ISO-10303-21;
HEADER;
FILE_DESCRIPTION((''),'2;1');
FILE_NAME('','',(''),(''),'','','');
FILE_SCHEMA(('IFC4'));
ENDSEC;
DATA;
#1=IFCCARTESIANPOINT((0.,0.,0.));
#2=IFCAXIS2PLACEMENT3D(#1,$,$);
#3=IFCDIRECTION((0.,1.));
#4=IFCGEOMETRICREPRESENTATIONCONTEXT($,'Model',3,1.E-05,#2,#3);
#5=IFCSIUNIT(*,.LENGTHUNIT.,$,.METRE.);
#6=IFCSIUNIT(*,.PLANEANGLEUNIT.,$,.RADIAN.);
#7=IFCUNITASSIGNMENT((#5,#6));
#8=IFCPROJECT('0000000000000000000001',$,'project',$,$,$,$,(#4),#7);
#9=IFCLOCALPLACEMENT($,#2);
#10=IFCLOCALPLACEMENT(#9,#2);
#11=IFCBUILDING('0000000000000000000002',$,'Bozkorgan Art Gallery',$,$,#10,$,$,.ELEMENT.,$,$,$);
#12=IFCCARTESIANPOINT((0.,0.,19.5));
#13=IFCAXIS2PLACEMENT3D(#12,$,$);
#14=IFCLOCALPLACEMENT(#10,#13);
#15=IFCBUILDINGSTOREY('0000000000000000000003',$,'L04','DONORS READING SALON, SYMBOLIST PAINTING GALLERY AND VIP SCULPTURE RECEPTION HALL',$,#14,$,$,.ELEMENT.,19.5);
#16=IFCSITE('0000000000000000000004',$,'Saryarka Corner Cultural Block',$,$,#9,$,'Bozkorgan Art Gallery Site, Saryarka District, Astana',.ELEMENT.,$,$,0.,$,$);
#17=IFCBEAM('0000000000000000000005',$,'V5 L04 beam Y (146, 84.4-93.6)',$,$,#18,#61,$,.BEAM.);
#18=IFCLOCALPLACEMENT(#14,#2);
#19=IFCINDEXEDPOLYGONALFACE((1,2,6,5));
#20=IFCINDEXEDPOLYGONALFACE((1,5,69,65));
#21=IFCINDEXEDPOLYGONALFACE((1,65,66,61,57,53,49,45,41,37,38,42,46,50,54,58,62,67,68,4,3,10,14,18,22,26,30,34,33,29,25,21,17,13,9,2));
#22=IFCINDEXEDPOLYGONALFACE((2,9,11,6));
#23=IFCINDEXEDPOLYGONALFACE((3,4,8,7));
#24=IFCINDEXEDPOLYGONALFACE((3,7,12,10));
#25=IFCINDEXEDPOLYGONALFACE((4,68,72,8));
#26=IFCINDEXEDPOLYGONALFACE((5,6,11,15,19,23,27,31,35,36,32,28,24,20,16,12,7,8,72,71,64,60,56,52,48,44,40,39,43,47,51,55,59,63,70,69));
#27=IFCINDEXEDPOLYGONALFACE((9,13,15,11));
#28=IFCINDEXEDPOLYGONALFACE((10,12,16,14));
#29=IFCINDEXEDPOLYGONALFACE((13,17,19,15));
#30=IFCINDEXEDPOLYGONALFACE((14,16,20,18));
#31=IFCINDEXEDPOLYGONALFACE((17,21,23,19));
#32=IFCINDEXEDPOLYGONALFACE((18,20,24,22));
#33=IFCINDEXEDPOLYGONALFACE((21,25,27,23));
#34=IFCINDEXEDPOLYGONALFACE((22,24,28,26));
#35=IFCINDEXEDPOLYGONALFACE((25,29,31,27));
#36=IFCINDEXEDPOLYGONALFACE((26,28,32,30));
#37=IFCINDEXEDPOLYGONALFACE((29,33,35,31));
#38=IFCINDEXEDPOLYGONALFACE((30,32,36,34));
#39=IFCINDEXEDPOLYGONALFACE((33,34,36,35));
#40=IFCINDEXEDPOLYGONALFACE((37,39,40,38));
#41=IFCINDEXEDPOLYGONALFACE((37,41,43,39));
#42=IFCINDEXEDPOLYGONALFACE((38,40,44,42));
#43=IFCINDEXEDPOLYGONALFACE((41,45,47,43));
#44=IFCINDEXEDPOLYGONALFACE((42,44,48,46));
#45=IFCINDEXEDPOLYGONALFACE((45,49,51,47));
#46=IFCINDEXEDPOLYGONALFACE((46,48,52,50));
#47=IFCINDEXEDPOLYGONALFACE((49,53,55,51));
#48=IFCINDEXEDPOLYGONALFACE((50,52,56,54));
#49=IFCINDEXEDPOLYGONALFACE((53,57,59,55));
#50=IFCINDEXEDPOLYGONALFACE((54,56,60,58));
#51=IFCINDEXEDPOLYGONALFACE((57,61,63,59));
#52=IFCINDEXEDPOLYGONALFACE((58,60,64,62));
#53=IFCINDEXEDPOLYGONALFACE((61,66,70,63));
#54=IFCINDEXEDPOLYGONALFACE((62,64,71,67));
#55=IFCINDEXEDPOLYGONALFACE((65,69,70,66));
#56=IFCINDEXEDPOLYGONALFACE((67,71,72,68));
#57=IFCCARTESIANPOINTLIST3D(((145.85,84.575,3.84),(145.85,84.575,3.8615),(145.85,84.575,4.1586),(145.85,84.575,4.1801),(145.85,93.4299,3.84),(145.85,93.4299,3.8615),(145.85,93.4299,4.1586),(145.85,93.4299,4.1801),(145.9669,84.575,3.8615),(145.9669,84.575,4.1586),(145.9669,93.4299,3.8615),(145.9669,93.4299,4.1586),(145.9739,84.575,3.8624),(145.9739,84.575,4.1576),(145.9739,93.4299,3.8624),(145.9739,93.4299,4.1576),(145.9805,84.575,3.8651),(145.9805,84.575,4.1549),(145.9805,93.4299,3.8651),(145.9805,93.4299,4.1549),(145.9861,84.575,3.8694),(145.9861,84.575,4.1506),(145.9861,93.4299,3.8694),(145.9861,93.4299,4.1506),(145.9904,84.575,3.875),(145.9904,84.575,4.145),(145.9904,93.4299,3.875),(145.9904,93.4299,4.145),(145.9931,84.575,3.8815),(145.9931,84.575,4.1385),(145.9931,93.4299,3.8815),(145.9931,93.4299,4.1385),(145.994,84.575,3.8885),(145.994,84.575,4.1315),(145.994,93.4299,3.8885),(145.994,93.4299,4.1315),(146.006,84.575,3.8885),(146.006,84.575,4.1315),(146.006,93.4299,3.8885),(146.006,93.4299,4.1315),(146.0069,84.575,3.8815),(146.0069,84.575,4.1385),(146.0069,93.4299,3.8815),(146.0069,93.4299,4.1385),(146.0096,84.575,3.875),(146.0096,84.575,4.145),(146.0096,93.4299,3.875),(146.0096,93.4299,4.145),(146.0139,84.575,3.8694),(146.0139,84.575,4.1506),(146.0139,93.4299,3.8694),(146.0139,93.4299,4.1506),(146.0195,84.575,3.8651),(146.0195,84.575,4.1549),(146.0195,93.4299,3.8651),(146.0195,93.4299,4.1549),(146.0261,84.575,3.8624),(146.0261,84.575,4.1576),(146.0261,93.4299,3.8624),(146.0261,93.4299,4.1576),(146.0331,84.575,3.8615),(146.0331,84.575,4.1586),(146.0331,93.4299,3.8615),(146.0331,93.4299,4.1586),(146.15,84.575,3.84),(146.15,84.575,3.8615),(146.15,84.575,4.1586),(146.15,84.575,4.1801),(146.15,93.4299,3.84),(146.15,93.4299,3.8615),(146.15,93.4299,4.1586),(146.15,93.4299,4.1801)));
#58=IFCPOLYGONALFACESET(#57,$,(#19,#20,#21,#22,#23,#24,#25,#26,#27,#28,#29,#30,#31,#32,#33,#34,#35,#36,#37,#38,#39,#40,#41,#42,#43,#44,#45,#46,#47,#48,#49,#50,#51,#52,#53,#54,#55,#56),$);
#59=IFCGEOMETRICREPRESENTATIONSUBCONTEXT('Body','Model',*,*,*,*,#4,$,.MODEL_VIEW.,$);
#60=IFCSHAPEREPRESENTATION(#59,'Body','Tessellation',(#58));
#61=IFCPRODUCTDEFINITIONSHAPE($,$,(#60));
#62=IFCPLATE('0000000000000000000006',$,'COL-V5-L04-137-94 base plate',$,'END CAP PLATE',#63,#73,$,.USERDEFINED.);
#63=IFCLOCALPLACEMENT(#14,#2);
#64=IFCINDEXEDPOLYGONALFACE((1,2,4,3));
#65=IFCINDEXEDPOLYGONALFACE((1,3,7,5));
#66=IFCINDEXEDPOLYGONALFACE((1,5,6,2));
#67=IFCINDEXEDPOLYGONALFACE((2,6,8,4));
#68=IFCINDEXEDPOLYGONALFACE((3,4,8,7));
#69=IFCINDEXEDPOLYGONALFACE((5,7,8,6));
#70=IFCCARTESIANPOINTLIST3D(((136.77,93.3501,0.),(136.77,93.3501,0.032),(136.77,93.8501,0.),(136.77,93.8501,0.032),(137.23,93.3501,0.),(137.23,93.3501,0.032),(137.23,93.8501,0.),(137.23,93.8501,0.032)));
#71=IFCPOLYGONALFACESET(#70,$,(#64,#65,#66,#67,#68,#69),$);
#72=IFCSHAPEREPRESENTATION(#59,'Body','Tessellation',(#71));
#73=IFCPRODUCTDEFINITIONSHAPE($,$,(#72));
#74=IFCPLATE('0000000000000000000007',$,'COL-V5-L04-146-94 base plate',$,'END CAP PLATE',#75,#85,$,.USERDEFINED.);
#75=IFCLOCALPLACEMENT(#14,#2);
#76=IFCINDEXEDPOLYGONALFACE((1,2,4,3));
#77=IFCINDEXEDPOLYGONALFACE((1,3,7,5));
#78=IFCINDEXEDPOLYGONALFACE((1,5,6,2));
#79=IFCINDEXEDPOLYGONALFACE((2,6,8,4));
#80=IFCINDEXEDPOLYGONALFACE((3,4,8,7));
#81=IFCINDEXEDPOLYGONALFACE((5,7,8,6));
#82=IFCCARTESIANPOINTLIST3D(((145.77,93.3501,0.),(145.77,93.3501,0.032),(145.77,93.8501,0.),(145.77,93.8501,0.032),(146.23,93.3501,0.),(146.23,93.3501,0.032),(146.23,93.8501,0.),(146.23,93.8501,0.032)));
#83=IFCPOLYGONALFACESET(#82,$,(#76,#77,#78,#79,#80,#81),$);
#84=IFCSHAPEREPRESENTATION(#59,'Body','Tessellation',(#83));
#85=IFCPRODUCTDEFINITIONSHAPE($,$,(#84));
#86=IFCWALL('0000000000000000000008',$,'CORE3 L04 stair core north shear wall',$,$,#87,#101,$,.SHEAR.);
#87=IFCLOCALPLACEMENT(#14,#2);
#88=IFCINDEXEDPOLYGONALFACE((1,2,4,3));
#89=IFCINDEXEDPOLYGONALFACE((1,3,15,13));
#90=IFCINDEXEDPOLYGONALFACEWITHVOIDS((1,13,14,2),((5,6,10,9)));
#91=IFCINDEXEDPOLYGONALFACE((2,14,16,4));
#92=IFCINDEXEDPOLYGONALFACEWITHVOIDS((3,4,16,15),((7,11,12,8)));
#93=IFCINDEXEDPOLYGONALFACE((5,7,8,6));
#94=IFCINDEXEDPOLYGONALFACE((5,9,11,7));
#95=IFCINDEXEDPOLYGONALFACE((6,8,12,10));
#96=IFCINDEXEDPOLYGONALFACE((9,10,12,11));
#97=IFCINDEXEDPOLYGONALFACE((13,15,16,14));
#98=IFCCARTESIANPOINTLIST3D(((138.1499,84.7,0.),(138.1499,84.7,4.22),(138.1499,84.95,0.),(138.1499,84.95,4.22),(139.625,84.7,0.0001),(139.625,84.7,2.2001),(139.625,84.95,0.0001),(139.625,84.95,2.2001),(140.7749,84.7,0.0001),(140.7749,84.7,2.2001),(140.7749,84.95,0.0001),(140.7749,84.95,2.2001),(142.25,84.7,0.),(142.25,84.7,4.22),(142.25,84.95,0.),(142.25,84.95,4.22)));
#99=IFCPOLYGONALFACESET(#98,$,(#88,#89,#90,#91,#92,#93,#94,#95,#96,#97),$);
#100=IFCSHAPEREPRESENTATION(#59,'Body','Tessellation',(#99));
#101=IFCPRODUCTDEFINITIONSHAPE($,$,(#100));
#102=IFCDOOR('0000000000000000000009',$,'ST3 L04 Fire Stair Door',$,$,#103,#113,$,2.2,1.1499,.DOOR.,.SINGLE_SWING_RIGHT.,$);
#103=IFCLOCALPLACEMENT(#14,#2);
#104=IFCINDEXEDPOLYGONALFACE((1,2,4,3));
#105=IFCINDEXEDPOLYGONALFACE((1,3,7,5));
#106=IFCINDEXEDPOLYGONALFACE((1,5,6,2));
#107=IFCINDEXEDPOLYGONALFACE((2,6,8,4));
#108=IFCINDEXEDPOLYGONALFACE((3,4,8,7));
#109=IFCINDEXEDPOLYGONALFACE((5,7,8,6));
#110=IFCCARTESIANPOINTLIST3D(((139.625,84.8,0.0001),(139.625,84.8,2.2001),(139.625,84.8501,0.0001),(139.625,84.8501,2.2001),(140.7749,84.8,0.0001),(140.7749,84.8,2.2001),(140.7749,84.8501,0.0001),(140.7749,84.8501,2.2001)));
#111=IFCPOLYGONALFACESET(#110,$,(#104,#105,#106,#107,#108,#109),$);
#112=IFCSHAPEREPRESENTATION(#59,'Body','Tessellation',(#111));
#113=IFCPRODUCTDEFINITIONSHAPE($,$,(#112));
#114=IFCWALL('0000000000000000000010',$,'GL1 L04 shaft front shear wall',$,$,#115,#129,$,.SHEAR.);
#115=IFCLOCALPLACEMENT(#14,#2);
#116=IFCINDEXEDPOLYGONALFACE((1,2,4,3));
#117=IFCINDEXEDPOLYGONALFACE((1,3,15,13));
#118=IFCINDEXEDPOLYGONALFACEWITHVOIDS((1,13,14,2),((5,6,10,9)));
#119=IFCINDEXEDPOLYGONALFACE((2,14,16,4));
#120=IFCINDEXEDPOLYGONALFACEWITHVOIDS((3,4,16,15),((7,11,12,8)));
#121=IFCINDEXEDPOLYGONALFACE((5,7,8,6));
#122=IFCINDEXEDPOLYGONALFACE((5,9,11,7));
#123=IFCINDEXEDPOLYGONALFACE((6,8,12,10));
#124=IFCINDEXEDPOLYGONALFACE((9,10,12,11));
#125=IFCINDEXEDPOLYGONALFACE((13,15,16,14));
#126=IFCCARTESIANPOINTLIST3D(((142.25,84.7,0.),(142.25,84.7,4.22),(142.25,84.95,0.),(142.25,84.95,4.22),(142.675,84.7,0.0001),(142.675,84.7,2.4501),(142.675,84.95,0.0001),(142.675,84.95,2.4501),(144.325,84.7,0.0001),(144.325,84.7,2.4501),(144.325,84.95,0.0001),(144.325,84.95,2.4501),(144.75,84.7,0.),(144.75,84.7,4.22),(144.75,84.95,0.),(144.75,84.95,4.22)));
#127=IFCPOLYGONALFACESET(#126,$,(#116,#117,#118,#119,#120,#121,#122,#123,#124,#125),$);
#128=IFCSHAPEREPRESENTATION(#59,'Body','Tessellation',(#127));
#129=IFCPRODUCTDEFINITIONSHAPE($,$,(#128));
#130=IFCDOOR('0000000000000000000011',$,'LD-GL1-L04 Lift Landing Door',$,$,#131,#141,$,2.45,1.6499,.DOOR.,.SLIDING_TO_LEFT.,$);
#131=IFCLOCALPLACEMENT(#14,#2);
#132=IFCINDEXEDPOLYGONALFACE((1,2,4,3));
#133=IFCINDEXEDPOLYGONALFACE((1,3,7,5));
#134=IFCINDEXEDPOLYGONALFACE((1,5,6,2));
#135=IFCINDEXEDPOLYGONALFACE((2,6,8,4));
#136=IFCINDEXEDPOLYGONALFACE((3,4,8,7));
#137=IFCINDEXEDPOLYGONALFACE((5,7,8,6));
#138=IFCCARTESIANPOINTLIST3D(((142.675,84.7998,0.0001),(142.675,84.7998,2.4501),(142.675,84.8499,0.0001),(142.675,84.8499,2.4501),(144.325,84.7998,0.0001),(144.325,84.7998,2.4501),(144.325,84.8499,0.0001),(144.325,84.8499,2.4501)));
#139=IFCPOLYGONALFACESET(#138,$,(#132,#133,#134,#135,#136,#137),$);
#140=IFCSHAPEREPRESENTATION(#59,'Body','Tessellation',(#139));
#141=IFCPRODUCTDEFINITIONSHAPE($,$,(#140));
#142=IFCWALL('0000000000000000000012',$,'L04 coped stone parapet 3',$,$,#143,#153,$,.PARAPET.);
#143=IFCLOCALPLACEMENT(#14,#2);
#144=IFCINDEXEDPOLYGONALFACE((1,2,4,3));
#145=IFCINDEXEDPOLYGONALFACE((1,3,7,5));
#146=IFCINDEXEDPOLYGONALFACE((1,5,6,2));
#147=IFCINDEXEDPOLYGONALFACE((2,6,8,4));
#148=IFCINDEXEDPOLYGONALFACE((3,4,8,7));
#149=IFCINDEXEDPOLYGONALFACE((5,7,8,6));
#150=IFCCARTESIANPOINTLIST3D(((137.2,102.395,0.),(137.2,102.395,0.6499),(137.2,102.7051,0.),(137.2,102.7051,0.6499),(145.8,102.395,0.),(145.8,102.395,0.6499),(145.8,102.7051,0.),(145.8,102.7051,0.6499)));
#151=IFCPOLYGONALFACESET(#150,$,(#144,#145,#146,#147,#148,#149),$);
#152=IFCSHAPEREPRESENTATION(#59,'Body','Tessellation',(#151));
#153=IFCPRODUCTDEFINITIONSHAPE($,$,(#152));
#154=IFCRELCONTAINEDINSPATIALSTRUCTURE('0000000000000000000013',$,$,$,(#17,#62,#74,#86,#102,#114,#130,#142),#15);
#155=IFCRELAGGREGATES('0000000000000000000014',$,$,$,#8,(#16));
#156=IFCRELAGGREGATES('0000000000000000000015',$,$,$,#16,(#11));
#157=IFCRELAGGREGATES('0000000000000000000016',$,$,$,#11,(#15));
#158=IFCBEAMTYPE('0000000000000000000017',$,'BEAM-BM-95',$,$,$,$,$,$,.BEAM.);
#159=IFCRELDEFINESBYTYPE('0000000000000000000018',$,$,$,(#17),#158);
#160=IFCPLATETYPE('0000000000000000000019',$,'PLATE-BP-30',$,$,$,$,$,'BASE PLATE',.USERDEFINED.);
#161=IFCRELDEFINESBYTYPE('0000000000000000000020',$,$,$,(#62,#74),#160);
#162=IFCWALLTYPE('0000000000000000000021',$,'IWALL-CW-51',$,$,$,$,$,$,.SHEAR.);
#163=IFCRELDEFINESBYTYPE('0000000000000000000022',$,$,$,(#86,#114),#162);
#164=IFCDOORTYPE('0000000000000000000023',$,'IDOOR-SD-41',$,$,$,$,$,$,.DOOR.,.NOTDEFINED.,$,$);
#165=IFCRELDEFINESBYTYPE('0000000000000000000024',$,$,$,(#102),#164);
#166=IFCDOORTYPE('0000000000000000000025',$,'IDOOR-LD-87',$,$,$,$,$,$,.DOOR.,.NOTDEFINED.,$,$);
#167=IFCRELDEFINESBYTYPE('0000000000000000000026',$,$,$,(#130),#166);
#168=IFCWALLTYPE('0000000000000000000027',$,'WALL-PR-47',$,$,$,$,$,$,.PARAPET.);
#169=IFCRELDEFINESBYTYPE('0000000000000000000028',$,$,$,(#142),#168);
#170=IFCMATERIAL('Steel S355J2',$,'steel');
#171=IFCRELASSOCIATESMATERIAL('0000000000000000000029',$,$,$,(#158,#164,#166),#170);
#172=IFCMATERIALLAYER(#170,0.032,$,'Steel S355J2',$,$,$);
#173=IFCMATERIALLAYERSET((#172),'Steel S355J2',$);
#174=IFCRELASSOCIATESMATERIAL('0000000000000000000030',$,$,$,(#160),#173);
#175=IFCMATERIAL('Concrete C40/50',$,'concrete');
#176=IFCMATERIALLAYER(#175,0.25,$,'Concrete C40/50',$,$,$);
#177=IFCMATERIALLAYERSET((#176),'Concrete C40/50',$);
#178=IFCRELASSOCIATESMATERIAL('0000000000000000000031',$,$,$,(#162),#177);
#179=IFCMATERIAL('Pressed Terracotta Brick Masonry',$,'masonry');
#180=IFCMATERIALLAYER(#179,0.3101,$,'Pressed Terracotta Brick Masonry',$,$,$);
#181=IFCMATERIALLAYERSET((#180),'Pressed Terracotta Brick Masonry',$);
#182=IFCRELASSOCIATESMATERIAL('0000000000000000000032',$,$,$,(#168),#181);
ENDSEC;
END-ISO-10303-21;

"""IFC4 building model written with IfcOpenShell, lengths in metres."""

from ifc_helpers import new_model, si_unit, direction, frame, frame_2d, origin, origin_2d, place, context, subcontext, project, spatial, rectangle, i_section, extrude, material, layer, layer_set, material_profile, profile_set, type_object, element, fill, save


model = new_model("IFC4")

# Units and contexts
model_context = context("Model", 3, precision=1e-05, world=origin(), true_north=direction((0.0, 1.0)))
body_context = subcontext(model_context, "Body", "Model", "MODEL_VIEW")
ifc_project = project(units=[si_unit("LENGTHUNIT", "METRE"), si_unit("PLANEANGLEUNIT", "RADIAN")], contexts=[model_context])

# Site, building, storey
site_placement = place(None, origin())
site = spatial("IfcSite", under=ifc_project, at=site_placement, Name="Saryarka Corner Cultural Block", LongName="Bozkorgan Art Gallery Site, Saryarka District, Astana", CompositionType="ELEMENT", RefElevation=0.0)
building_placement = place(site_placement, origin())
building = spatial("IfcBuilding", under=site, at=building_placement, Name="Bozkorgan Art Gallery", CompositionType="ELEMENT")
storey_placement = place(building_placement, frame((0.0, 0.0, 19.5)))
storey = spatial("IfcBuildingStorey", under=building, at=storey_placement, Name="L04", Description="DONORS READING SALON, SYMBOLIST PAINTING GALLERY AND VIP SCULPTURE RECEPTION HALL", CompositionType="ELEMENT", Elevation=19.5)

# Shared definitions
ifc_material_1 = material(Name="Steel S355J2", Category="steel")

# Beam
ifc_material_profile_1 = material_profile(ifc_material_1, i_section(OverallWidth=0.3, OverallDepth=0.3401, WebThickness=0.012, FlangeThickness=0.0215, FilletRadius=0.0271, at=origin_2d()), Name="HEB 340")
ifc_profile_set_1 = profile_set([ifc_material_profile_1], Name="Steel S355J2")
beam_type = type_object("IfcBeamType", Name="BEAM-BM-95", PredefinedType="BEAM", material=ifc_profile_set_1)
beam_placement = place(storey_placement, frame((146.0, 84.575, 4.01), z_axis=(0.0, 1.0, 0.0), x_axis=(-1.0, 0.0, 0.0)))
element("IfcBeam", 1, at=beam_placement, inside=storey, type_object=beam_type, Name="V5 L04 beam Y (146, 84.4-93.6)", PredefinedType="BEAM", context=body_context, shape_type="SweptSolid", body=[
    extrude(i_section(OverallWidth=0.3, OverallDepth=0.3401, WebThickness=0.012, FlangeThickness=0.0215, FilletRadius=0.0271, at=origin_2d()), origin(), (0.0, 0.0, 1.0), 8.855),
])

# Plates
ifc_layer_1 = layer(ifc_material_1, 0.032, Name="Steel S355J2")
ifc_layer_set_1 = layer_set([ifc_layer_1], Name="Steel S355J2")
plate_type = type_object("IfcPlateType", Name="PLATE-BP-30", ElementType="BASE PLATE", PredefinedType="USERDEFINED", material=ifc_layer_set_1)
for number, where, z_axis, x_axis, name in (
    (2, (137.0, 93.6001, 0.0), (0.0, 0.0, 1.0), (1.0, 0.0, 0.0), "COL-V5-L04-137-94 base plate"),
    (3, (146.0, 93.6001, 0.0), (0.0, 0.0, 1.0), (1.0, 0.0, 0.0), "COL-V5-L04-146-94 base plate"),
):
    element("IfcPlate", number, at=place(storey_placement, frame(where, z_axis=z_axis, x_axis=x_axis)), inside=storey, type_object=plate_type, Name=name, ObjectType="END CAP PLATE", PredefinedType="USERDEFINED", context=body_context, shape_type="SweptSolid", body=[
        extrude(rectangle(XDim=0.46, YDim=0.5, at=origin_2d()), origin(), (0.0, 0.0, 1.0), 0.032),
    ])

# Walls, openings, doors
ifc_material_2 = material(Name="Concrete C40/50", Category="concrete")
ifc_layer_2 = layer(ifc_material_2, 0.25, Name="Concrete C40/50")
ifc_layer_set_2 = layer_set([ifc_layer_2], Name="Concrete C40/50")
wall_type_1 = type_object("IfcWallType", Name="IWALL-CW-51", PredefinedType="SHEAR", material=ifc_layer_set_2)
wall_1_placement = place(storey_placement, frame((138.1499, 84.825, 0.0), z_axis=(0.0, 0.0, 1.0), x_axis=(1.0, 0.0, 0.0)))
wall_1 = element("IfcWall", 4, at=wall_1_placement, inside=storey, type_object=wall_type_1, Name="CORE3 L04 stair core north shear wall", PredefinedType="SHEAR", context=body_context, shape_type="SweptSolid", body=[
    extrude(rectangle(XDim=4.1001, YDim=0.25, at=frame_2d((2.05, 0.0))), origin(), (0.0, 0.0, 1.0), 4.22),
])
opening_1_placement = place(wall_1_placement, frame((2.625, 0.0, 0.0), z_axis=(0.0, 0.0, 1.0), x_axis=(-1.0, 0.0, 0.0)))
opening_1 = element("IfcOpeningElement", 5, at=opening_1_placement, cuts=wall_1, PredefinedType="OPENING", context=body_context, shape_type="SweptSolid", body=[
    extrude(rectangle(XDim=1.1499, YDim=2.2, at=frame_2d((0.575, 1.1001))), frame((0.0, 0.135, 0.0), z_axis=(0.0, -1.0, 0.0), x_axis=(1.0, 0.0, 0.0)), (0.0, 0.0, 1.0), 0.27),
])
door_type_1 = type_object("IfcDoorType", Name="IDOOR-SD-41", OperationType="NOTDEFINED", PredefinedType="DOOR", material=ifc_material_1)
door_1_placement = place(opening_1_placement, origin())
door_1 = element("IfcDoor", 6, at=door_1_placement, inside=storey, type_object=door_type_1, Name="ST3 L04 Fire Stair Door", OperationType="SINGLE_SWING_RIGHT", OverallHeight=2.2, OverallWidth=1.1499, PredefinedType="DOOR", context=body_context, shape_type="SweptSolid", body=[
    extrude(rectangle(XDim=1.1499, YDim=2.2, at=frame_2d((0.575, 1.1001))), frame((0.0, 0.0249, 0.0), z_axis=(0.0, -1.0, 0.0), x_axis=(1.0, 0.0, 0.0)), (0.0, 0.0, 1.0), 0.05),
])
fill(opening_1, door_1)
wall_2_placement = place(storey_placement, frame((142.25, 84.825, 0.0), z_axis=(0.0, 0.0, 1.0), x_axis=(1.0, 0.0, 0.0)))
wall_2 = element("IfcWall", 7, at=wall_2_placement, inside=storey, type_object=wall_type_1, Name="GL1 L04 shaft front shear wall", PredefinedType="SHEAR", context=body_context, shape_type="SweptSolid", body=[
    extrude(rectangle(XDim=2.5, YDim=0.25, at=frame_2d((1.25, 0.0))), origin(), (0.0, 0.0, 1.0), 4.22),
])
opening_2_placement = place(wall_2_placement, frame((0.425, 0.0, 0.0)))
opening_2 = element("IfcOpeningElement", 8, at=opening_2_placement, cuts=wall_2, PredefinedType="OPENING", context=body_context, shape_type="SweptSolid", body=[
    extrude(rectangle(XDim=1.6499, YDim=2.45, at=frame_2d((0.825, 1.2251))), frame((0.0, 0.135, 0.0), z_axis=(0.0, -1.0, 0.0), x_axis=(1.0, 0.0, 0.0)), (0.0, 0.0, 1.0), 0.27),
])
door_type_2 = type_object("IfcDoorType", Name="IDOOR-LD-87", OperationType="NOTDEFINED", PredefinedType="DOOR", material=ifc_material_1)
door_2_placement = place(opening_2_placement, origin())
door_2 = element("IfcDoor", 9, at=door_2_placement, inside=storey, type_object=door_type_2, Name="LD-GL1-L04 Lift Landing Door", OperationType="SLIDING_TO_LEFT", OverallHeight=2.45, OverallWidth=1.6499, PredefinedType="DOOR", context=body_context, shape_type="SweptSolid", body=[
    extrude(rectangle(XDim=1.6499, YDim=2.45, at=frame_2d((0.825, 1.2251))), frame((0.0, 0.0249, 0.0), z_axis=(0.0, -1.0, 0.0), x_axis=(1.0, 0.0, 0.0)), (0.0, 0.0, 1.0), 0.05),
])
fill(opening_2, door_2)

# Wall
ifc_material_3 = material(Name="Pressed Terracotta Brick Masonry", Category="masonry")
ifc_layer_3 = layer(ifc_material_3, 0.3101, Name="Pressed Terracotta Brick Masonry")
ifc_layer_set_3 = layer_set([ifc_layer_3], Name="Pressed Terracotta Brick Masonry")
wall_type_2 = type_object("IfcWallType", Name="WALL-PR-47", PredefinedType="PARAPET", material=ifc_layer_set_3)
wall_3_placement = place(storey_placement, frame((137.2, 102.55, 0.0), z_axis=(0.0, 0.0, 1.0), x_axis=(1.0, 0.0, 0.0)))
element("IfcWall", 10, at=wall_3_placement, inside=storey, type_object=wall_type_2, Name="L04 coped stone parapet 3", PredefinedType="PARAPET", context=body_context, shape_type="SweptSolid", body=[
    extrude(rectangle(XDim=8.6001, YDim=0.3101, at=frame_2d((4.3, 0.0))), origin(), (0.0, 0.0, 1.0), 0.6499),
])

save(model, "model.ifc")
